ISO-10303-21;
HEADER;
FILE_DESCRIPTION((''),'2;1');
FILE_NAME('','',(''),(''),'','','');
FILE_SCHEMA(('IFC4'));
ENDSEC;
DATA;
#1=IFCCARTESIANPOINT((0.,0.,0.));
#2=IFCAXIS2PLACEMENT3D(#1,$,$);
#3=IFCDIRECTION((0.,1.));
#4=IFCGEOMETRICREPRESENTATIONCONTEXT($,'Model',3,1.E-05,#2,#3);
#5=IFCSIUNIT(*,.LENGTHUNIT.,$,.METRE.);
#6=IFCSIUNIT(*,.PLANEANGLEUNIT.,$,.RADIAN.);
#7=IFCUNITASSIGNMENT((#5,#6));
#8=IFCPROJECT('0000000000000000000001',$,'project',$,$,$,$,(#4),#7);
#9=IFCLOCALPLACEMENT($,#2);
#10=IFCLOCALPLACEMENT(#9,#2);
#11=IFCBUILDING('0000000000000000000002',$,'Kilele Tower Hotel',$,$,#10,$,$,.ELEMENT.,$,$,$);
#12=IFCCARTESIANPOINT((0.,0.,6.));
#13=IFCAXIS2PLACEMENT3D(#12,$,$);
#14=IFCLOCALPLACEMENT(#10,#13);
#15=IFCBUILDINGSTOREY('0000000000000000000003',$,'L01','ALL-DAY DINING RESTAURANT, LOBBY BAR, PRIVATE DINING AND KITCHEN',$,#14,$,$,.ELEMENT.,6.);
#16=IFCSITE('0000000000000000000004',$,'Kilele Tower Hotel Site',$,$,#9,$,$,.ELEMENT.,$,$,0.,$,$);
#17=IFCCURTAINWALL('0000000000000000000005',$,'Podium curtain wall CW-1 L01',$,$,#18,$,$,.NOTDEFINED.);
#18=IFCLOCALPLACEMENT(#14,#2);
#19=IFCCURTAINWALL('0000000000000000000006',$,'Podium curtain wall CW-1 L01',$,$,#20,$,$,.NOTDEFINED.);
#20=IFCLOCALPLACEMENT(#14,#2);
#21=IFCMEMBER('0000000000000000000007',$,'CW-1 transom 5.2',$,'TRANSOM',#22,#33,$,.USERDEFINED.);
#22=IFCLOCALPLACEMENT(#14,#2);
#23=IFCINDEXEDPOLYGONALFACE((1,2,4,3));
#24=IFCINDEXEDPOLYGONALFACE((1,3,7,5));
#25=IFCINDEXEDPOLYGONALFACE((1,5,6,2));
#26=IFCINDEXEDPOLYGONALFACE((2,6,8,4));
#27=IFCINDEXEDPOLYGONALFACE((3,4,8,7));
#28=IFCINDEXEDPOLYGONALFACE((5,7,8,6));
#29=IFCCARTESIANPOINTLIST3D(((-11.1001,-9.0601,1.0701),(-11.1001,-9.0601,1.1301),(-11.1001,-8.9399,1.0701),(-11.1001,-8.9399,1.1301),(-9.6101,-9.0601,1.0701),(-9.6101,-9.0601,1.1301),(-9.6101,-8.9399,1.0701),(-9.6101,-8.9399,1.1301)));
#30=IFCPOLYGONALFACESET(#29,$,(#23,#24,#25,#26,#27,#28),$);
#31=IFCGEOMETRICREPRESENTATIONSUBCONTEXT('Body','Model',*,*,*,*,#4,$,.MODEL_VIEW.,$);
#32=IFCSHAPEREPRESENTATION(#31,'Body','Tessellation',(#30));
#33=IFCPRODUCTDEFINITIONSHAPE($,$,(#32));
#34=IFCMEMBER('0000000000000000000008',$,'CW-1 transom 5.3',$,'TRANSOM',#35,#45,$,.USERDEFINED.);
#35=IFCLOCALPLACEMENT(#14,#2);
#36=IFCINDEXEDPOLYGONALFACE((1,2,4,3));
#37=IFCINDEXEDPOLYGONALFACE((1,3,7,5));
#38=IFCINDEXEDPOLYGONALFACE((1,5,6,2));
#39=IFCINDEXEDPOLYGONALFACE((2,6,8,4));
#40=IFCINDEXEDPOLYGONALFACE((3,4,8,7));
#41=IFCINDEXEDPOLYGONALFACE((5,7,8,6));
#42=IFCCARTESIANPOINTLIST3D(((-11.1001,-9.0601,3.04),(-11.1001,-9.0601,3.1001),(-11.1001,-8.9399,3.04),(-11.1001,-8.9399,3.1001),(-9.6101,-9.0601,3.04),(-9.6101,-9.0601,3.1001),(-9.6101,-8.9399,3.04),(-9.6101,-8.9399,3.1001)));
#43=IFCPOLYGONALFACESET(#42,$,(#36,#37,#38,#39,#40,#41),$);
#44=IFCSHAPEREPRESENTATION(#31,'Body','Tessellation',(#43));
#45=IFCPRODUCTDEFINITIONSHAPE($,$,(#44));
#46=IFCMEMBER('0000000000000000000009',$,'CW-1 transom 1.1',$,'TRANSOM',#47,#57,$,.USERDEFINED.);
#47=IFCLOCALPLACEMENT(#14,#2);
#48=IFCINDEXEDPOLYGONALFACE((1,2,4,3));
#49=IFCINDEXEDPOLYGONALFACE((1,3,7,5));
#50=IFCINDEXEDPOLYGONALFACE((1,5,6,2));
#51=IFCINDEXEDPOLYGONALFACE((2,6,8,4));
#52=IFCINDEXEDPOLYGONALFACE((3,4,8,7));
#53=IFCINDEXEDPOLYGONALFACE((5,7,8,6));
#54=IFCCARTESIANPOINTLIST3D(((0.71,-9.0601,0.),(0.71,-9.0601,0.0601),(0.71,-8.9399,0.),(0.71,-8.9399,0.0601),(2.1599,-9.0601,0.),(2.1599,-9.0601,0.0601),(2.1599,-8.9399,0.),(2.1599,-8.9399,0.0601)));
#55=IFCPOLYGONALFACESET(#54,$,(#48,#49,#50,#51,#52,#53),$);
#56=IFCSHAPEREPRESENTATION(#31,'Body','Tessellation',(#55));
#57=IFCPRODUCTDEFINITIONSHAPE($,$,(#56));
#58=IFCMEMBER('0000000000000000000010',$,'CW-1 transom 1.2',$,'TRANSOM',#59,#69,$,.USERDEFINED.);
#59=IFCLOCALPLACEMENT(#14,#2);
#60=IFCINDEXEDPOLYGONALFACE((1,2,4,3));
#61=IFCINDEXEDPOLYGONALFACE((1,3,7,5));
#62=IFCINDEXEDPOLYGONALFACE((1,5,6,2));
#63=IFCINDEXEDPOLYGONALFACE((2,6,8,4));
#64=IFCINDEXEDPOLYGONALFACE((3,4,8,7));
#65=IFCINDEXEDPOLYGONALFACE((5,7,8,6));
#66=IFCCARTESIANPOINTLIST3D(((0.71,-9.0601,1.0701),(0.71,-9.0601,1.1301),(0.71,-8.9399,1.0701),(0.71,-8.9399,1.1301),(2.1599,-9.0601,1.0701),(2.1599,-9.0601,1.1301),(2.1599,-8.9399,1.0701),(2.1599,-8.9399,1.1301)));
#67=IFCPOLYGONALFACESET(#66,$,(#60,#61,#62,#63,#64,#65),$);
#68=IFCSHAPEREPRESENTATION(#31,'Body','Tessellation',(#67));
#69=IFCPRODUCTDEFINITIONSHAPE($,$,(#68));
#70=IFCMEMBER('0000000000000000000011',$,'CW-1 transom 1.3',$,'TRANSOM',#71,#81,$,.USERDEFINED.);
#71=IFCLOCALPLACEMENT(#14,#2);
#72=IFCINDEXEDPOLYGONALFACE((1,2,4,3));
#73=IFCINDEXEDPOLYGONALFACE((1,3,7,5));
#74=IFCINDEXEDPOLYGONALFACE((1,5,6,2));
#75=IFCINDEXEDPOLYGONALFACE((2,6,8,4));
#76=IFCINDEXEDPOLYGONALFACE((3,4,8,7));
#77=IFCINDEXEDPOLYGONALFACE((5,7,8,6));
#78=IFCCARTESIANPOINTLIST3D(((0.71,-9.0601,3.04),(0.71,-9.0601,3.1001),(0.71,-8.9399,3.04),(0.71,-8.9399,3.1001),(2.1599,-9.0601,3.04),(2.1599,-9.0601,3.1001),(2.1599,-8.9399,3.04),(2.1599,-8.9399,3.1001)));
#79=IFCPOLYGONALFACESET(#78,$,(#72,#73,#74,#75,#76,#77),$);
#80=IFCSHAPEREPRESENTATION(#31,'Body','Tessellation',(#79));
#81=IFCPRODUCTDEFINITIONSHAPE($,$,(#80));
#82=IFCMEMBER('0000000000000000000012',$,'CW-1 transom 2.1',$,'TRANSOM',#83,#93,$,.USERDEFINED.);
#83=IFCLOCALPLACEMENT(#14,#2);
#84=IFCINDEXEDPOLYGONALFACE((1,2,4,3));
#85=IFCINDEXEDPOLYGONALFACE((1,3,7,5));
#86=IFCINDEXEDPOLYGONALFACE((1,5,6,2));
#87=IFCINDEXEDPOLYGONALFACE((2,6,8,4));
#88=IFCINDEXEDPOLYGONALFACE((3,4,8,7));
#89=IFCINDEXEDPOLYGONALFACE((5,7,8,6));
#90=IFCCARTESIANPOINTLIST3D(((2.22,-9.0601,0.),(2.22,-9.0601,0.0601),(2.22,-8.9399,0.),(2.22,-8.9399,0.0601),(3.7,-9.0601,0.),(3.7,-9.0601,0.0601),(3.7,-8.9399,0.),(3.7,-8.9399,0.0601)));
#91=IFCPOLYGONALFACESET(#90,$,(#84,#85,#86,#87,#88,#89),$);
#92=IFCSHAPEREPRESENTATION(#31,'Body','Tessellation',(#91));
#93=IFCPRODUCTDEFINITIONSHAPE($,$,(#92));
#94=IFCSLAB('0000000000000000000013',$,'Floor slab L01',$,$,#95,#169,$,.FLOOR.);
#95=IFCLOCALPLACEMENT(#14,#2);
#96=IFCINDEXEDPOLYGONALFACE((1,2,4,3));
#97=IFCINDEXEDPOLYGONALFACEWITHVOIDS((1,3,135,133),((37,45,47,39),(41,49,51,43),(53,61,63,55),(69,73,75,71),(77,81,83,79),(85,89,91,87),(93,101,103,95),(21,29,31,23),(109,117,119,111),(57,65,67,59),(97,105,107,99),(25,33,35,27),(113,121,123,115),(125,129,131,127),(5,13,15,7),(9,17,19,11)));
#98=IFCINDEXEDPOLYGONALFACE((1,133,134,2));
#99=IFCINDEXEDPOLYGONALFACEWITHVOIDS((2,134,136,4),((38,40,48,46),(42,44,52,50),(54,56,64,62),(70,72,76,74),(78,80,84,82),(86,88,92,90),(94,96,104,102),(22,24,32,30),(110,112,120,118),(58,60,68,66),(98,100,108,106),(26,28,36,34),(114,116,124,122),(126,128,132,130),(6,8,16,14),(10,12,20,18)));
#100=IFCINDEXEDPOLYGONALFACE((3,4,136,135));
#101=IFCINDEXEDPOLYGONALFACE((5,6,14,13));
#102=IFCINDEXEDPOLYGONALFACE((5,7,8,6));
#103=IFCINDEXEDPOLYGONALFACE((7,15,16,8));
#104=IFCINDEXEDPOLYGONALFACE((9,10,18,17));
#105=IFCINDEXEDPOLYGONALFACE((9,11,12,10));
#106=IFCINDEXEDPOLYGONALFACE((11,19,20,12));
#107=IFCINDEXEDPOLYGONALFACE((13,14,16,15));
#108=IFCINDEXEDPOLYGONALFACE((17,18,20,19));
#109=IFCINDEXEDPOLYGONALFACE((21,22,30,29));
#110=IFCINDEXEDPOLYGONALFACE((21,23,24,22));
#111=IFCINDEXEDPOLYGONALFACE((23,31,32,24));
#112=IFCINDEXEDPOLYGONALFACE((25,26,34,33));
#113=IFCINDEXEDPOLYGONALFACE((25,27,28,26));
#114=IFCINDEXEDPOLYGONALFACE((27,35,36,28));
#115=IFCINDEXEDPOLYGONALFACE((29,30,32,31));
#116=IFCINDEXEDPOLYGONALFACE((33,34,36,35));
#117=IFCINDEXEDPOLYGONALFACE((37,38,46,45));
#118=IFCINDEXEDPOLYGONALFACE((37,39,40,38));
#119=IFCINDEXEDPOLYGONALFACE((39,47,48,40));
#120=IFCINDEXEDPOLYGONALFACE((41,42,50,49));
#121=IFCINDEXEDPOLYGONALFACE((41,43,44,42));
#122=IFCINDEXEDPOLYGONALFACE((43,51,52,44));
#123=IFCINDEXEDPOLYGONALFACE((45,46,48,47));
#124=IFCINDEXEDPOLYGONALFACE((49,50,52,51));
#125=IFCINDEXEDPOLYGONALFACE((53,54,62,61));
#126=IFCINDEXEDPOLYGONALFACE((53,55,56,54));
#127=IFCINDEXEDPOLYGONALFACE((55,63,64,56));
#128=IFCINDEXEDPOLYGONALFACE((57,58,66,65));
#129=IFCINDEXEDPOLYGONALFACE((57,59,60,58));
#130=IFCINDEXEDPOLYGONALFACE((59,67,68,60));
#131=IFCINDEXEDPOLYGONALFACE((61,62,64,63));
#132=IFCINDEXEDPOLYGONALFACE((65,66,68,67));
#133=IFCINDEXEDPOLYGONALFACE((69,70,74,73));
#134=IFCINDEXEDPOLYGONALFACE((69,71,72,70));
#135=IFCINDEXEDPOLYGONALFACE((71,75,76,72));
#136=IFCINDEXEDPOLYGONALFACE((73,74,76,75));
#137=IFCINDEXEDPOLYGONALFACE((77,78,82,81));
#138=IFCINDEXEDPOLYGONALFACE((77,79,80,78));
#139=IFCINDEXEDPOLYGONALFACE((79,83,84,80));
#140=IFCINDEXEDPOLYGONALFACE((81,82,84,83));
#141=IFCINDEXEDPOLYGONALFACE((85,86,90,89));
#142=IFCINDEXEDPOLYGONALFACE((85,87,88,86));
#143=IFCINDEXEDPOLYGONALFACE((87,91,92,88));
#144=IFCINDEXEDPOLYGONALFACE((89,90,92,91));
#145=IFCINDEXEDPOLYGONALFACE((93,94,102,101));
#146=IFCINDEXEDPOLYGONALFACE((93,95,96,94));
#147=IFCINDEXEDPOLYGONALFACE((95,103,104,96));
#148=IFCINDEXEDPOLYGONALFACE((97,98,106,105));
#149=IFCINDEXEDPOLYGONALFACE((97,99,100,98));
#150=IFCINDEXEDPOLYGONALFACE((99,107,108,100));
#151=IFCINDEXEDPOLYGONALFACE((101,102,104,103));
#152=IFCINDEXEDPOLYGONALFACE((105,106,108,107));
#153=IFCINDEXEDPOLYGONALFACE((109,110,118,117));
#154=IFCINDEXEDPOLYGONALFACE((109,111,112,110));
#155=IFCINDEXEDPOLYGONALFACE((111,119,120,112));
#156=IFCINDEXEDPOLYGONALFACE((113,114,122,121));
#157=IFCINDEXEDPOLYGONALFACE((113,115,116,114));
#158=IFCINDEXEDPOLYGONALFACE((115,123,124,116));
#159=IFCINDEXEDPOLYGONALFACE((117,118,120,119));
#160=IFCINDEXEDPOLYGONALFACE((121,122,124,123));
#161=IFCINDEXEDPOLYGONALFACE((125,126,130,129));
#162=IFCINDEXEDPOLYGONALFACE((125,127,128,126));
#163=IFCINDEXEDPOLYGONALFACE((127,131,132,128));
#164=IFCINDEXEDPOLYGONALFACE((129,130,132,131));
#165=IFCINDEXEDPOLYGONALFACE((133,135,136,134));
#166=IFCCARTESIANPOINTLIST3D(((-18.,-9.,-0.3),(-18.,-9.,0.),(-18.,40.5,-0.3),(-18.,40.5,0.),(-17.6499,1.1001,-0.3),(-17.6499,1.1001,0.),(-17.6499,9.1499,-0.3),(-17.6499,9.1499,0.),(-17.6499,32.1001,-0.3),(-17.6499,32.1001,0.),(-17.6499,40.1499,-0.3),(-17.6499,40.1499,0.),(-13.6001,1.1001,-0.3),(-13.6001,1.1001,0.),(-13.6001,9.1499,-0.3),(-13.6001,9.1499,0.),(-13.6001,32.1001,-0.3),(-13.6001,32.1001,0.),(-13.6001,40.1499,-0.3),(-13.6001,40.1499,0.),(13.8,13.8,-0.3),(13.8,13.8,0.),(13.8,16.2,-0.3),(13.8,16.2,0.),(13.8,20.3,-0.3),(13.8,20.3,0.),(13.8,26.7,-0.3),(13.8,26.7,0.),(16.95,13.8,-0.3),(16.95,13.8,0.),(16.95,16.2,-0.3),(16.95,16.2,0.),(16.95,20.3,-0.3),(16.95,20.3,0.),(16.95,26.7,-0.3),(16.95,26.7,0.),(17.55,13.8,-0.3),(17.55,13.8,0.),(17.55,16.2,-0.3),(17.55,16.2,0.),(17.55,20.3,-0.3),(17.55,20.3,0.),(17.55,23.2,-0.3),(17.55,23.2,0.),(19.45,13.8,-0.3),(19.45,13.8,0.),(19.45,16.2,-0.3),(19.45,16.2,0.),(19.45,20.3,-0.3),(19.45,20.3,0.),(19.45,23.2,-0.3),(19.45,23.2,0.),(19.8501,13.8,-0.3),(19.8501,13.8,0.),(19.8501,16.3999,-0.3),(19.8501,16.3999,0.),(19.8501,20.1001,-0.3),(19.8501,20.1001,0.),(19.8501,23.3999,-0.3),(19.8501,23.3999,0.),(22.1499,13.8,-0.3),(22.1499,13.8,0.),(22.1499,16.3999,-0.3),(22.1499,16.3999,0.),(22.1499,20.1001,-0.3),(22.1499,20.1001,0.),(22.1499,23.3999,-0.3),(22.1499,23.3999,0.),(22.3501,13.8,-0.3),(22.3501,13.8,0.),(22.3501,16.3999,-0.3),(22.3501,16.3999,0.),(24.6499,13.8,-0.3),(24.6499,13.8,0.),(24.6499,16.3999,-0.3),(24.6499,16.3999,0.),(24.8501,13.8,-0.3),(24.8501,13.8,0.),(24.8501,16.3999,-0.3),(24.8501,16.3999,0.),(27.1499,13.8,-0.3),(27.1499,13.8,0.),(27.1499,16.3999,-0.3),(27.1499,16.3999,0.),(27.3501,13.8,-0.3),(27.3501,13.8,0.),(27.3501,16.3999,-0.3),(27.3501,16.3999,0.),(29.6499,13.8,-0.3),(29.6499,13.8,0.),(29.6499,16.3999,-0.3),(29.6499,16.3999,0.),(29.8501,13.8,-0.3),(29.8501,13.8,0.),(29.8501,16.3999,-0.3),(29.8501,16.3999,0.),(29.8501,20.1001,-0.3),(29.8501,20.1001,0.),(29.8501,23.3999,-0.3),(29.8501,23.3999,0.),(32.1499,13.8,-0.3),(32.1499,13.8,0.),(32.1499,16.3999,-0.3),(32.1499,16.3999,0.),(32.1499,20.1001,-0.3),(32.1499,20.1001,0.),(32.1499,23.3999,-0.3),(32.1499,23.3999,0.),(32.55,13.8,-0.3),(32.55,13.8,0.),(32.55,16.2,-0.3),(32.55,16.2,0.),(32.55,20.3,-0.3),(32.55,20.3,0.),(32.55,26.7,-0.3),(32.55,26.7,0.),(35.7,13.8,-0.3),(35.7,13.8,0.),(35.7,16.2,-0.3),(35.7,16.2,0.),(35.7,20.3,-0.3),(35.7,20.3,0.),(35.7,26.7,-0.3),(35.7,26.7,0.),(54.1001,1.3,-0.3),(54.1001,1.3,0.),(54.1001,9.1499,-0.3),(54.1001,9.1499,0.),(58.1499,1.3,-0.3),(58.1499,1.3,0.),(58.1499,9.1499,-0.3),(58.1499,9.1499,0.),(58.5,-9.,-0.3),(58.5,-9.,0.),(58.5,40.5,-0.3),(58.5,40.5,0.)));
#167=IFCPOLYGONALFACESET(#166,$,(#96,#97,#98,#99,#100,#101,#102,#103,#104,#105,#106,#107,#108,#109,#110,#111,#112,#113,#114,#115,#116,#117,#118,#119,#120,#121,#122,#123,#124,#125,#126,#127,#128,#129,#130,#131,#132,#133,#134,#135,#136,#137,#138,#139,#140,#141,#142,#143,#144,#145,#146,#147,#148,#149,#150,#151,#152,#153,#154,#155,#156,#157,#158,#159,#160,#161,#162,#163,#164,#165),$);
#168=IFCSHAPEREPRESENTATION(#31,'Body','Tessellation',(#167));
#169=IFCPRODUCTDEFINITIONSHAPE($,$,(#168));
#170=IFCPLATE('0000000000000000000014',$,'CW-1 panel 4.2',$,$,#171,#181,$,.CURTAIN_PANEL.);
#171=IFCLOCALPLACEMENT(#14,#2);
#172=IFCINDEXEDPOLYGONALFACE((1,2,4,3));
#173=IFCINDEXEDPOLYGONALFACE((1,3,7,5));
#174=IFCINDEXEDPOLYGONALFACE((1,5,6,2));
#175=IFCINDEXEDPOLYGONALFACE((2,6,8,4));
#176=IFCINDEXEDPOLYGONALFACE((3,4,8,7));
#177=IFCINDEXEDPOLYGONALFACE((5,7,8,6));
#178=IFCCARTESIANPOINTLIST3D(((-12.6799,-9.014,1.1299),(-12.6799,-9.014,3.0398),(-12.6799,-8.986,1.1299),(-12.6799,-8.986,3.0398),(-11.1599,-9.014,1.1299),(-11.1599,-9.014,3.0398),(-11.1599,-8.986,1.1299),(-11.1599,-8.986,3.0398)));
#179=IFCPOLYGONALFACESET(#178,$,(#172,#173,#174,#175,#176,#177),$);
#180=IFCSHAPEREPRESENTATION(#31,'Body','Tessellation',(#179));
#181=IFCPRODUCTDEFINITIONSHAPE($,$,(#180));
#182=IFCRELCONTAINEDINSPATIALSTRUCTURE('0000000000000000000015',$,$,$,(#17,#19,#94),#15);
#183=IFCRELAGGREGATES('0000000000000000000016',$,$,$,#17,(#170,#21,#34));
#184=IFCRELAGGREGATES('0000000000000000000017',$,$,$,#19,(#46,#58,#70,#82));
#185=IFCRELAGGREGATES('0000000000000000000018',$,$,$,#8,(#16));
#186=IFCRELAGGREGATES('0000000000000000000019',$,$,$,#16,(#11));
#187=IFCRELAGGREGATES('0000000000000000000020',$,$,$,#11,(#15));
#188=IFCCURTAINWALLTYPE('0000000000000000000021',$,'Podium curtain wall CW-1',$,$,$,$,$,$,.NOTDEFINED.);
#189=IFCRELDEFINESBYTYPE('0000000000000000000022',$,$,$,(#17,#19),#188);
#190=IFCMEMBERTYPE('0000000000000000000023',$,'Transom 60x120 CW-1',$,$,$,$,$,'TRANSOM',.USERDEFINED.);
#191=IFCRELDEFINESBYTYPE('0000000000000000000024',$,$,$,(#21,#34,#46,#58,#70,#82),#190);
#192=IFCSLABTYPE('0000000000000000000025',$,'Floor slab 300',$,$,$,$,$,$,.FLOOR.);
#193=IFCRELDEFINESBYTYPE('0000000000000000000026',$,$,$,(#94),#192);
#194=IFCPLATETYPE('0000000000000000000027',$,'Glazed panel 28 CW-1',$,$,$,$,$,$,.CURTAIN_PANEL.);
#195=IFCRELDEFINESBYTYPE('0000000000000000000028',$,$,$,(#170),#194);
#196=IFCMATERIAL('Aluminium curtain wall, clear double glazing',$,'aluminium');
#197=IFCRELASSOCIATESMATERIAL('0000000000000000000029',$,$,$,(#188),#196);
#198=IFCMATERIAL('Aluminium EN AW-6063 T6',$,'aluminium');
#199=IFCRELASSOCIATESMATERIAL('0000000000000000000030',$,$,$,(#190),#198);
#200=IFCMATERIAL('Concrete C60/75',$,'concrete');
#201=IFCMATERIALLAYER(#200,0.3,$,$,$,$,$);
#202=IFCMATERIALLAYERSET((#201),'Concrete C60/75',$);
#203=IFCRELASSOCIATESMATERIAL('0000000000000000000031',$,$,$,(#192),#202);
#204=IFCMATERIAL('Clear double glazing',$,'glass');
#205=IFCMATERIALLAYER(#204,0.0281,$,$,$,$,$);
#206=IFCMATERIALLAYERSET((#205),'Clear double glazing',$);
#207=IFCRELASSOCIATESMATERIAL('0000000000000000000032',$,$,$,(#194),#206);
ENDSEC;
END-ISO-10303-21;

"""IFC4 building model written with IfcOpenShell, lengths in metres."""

from ifc_helpers import new_model, si_unit, direction, frame, origin, origin_2d, place, context, subcontext, project, spatial, polyline, rectangle, outline, extrude, material, layer, layer_set, material_profile, profile_set, type_object, element, aggregate, save


model = new_model("IFC4")

# Units and contexts
model_context = context("Model", 3, precision=1e-05, world=origin(), true_north=direction((0.0, 1.0)))
body_context = subcontext(model_context, "Body", "Model", "MODEL_VIEW")
ifc_project = project(units=[si_unit("LENGTHUNIT", "METRE"), si_unit("PLANEANGLEUNIT", "RADIAN")], contexts=[model_context])

# Site, building, storey
site_placement = place(None, origin())
site = spatial("IfcSite", under=ifc_project, at=site_placement, Name="Kilele Tower Hotel Site", CompositionType="ELEMENT", RefElevation=0.0)
building_placement = place(site_placement, origin())
building = spatial("IfcBuilding", under=site, at=building_placement, Name="Kilele Tower Hotel", CompositionType="ELEMENT")
storey_placement = place(building_placement, frame((0.0, 0.0, 6.0)))
storey = spatial("IfcBuildingStorey", under=building, at=storey_placement, Name="L01", Description="ALL-DAY DINING RESTAURANT, LOBBY BAR, PRIVATE DINING AND KITCHEN", CompositionType="ELEMENT", Elevation=6.0)

# Curtain walls
ifc_material_1 = material(Name="Aluminium curtain wall, clear double glazing", Category="aluminium")
curtain_wall_type = type_object("IfcCurtainWallType", Name="Podium curtain wall CW-1", PredefinedType="NOTDEFINED", material=ifc_material_1)
curtain_wall_1_placement = place(storey_placement, origin())
curtain_wall_1 = element("IfcCurtainWall", 1, at=curtain_wall_1_placement, inside=storey, type_object=curtain_wall_type, Name="Podium curtain wall CW-1 L01", PredefinedType="NOTDEFINED")
curtain_wall_2_placement = place(storey_placement, origin())
curtain_wall_2 = element("IfcCurtainWall", 2, at=curtain_wall_2_placement, inside=storey, type_object=curtain_wall_type, Name="Podium curtain wall CW-1 L01", PredefinedType="NOTDEFINED")

# Members
ifc_material_2 = material(Name="Aluminium EN AW-6063 T6", Category="aluminium")
ifc_material_profile_1 = material_profile(ifc_material_2, rectangle(XDim=0.1201, YDim=0.0601, at=origin_2d()))
ifc_profile_set_1 = profile_set([ifc_material_profile_1], Name="Aluminium EN AW-6063 T6")
member_type_1 = type_object("IfcMemberType", Name="Transom 60x120 CW-1", ElementType="TRANSOM", PredefinedType="USERDEFINED", material=ifc_profile_set_1)
member_1_placement = place(storey_placement, frame((-11.1001, -9.0, 1.1001), z_axis=(1.0, 0.0, 0.0), x_axis=(0.0, 1.0, 0.0)))
member_1 = element("IfcMember", 3, at=member_1_placement, type_object=member_type_1, Name="CW-1 transom 5.2", ObjectType="TRANSOM", PredefinedType="USERDEFINED", context=body_context, shape_type="SweptSolid", body=[
    extrude(rectangle(XDim=0.1201, YDim=0.0601, at=origin_2d()), origin(), (0.0, 0.0, 1.0), 1.49),
])
member_2_placement = place(storey_placement, frame((-11.1001, -9.0, 3.0701), z_axis=(1.0, 0.0, 0.0), x_axis=(0.0, 1.0, 0.0)))
member_2 = element("IfcMember", 4, at=member_2_placement, type_object=member_type_1, Name="CW-1 transom 5.3", ObjectType="TRANSOM", PredefinedType="USERDEFINED", context=body_context, shape_type="SweptSolid", body=[
    extrude(rectangle(XDim=0.1201, YDim=0.0601, at=origin_2d()), origin(), (0.0, 0.0, 1.0), 1.49),
])
member_3_placement = place(storey_placement, frame((0.71, -9.0, 0.03), z_axis=(1.0, 0.0, 0.0), x_axis=(0.0, 1.0, 0.0)))
member_3 = element("IfcMember", 5, at=member_3_placement, type_object=member_type_1, Name="CW-1 transom 1.1", ObjectType="TRANSOM", PredefinedType="USERDEFINED", context=body_context, shape_type="SweptSolid", body=[
    extrude(rectangle(XDim=0.1201, YDim=0.0601, at=origin_2d()), origin(), (0.0, 0.0, 1.0), 1.45),
])
member_4_placement = place(storey_placement, frame((0.71, -9.0, 1.1001), z_axis=(1.0, 0.0, 0.0), x_axis=(0.0, 1.0, 0.0)))
member_4 = element("IfcMember", 6, at=member_4_placement, type_object=member_type_1, Name="CW-1 transom 1.2", ObjectType="TRANSOM", PredefinedType="USERDEFINED", context=body_context, shape_type="SweptSolid", body=[
    extrude(rectangle(XDim=0.1201, YDim=0.0601, at=origin_2d()), origin(), (0.0, 0.0, 1.0), 1.45),
])
member_5_placement = place(storey_placement, frame((0.71, -9.0, 3.0701), z_axis=(1.0, 0.0, 0.0), x_axis=(0.0, 1.0, 0.0)))
member_5 = element("IfcMember", 7, at=member_5_placement, type_object=member_type_1, Name="CW-1 transom 1.3", ObjectType="TRANSOM", PredefinedType="USERDEFINED", context=body_context, shape_type="SweptSolid", body=[
    extrude(rectangle(XDim=0.1201, YDim=0.0601, at=origin_2d()), origin(), (0.0, 0.0, 1.0), 1.45),
])
member_6_placement = place(storey_placement, frame((2.22, -9.0, 0.03), z_axis=(1.0, 0.0, 0.0), x_axis=(0.0, 1.0, 0.0)))
member_6 = element("IfcMember", 8, at=member_6_placement, type_object=member_type_1, Name="CW-1 transom 2.1", ObjectType="TRANSOM", PredefinedType="USERDEFINED", context=body_context, shape_type="SweptSolid", body=[
    extrude(rectangle(XDim=0.1201, YDim=0.0601, at=origin_2d()), origin(), (0.0, 0.0, 1.0), 1.48),
])

# Slab
ifc_material_3 = material(Name="Concrete C60/75", Category="concrete")
ifc_layer_1 = layer(ifc_material_3, 0.3)
ifc_layer_set_1 = layer_set([ifc_layer_1], Name="Concrete C60/75")
slab_type_1 = type_object("IfcSlabType", Name="Floor slab 300", PredefinedType="FLOOR", material=ifc_layer_set_1)
slab_1_placement = place(storey_placement, frame((0.0, 0.0, -0.3)))
element("IfcSlab", 9, at=slab_1_placement, inside=storey, type_object=slab_type_1, Name="Floor slab L01", PredefinedType="FLOOR", context=body_context, shape_type="SweptSolid", body=[
    extrude(outline(polyline([(-18.0, -9.0), (-18.0, 40.5), (58.5, 40.5), (58.5, -9.0), (-18.0, -9.0)]), holes=[polyline([(-13.6001, 1.1001), (-13.6001, 9.1499), (-17.6499, 9.1499), (-17.6499, 1.1001), (-13.6001, 1.1001)]), polyline([(16.95, 13.8), (16.95, 16.2), (13.8, 16.2), (13.8, 13.8), (16.95, 13.8)]), polyline([(19.45, 13.8), (19.45, 16.2), (17.55, 16.2), (17.55, 13.8), (19.45, 13.8)]), polyline([(22.1499, 13.8), (22.1499, 16.3999), (19.8501, 16.3999), (19.8501, 13.8), (22.1499, 13.8)]), polyline([(19.45, 20.3), (19.45, 23.2), (17.55, 23.2), (17.55, 20.3), (19.45, 20.3)]), polyline([(22.1499, 20.1001), (22.1499, 23.3999), (19.8501, 23.3999), (19.8501, 20.1001), (22.1499, 20.1001)]), polyline([(16.95, 20.3), (16.95, 26.7), (13.8, 26.7), (13.8, 20.3), (16.95, 20.3)]), polyline([(-13.6001, 32.1001), (-13.6001, 40.1499), (-17.6499, 40.1499), (-17.6499, 32.1001), (-13.6001, 32.1001)]), polyline([(58.1499, 1.3), (58.1499, 9.1499), (54.1001, 9.1499), (54.1001, 1.3), (58.1499, 1.3)]), polyline([(35.7, 13.8), (35.7, 16.2), (32.55, 16.2), (32.55, 13.8), (35.7, 13.8)]), polyline([(24.6499, 13.8), (24.6499, 16.3999), (22.3501, 16.3999), (22.3501, 13.8), (24.6499, 13.8)]), polyline([(27.1499, 13.8), (27.1499, 16.3999), (24.8501, 16.3999), (24.8501, 13.8), (27.1499, 13.8)]), polyline([(29.6499, 13.8), (29.6499, 16.3999), (27.3501, 16.3999), (27.3501, 13.8), (29.6499, 13.8)]), polyline([(32.1499, 13.8), (32.1499, 16.3999), (29.8501, 16.3999), (29.8501, 13.8), (32.1499, 13.8)]), polyline([(32.1499, 20.1001), (32.1499, 23.3999), (29.8501, 23.3999), (29.8501, 20.1001), (32.1499, 20.1001)]), polyline([(35.7, 20.3), (35.7, 26.7), (32.55, 26.7), (32.55, 20.3), (35.7, 20.3)])]), origin(), (0.0, 0.0, 1.0), 0.3),
])

# Plate
ifc_material_4 = material(Name="Clear double glazing", Category="glass")
ifc_layer_2 = layer(ifc_material_4, 0.0281)
ifc_layer_set_2 = layer_set([ifc_layer_2], Name="Clear double glazing")
plate_type = type_object("IfcPlateType", Name="Glazed panel 28 CW-1", PredefinedType="CURTAIN_PANEL", material=ifc_layer_set_2)
plate_1_placement = place(storey_placement, frame((-11.9199, -9.0, 1.1299), z_axis=(0.0, 0.0, 1.0), x_axis=(1.0, 0.0, 0.0)))
plate_1 = element("IfcPlate", 10, at=plate_1_placement, type_object=plate_type, Name="CW-1 panel 4.2", PredefinedType="CURTAIN_PANEL", context=body_context, shape_type="SweptSolid", body=[
    extrude(rectangle(XDim=1.52, YDim=0.0281, at=origin_2d()), origin(), (0.0, 0.0, 1.0), 1.9099),
])
aggregate(curtain_wall_1, [plate_1, member_1, member_2])
aggregate(curtain_wall_2, [member_3, member_4, member_5, member_6])

save(model, "model.ifc")
